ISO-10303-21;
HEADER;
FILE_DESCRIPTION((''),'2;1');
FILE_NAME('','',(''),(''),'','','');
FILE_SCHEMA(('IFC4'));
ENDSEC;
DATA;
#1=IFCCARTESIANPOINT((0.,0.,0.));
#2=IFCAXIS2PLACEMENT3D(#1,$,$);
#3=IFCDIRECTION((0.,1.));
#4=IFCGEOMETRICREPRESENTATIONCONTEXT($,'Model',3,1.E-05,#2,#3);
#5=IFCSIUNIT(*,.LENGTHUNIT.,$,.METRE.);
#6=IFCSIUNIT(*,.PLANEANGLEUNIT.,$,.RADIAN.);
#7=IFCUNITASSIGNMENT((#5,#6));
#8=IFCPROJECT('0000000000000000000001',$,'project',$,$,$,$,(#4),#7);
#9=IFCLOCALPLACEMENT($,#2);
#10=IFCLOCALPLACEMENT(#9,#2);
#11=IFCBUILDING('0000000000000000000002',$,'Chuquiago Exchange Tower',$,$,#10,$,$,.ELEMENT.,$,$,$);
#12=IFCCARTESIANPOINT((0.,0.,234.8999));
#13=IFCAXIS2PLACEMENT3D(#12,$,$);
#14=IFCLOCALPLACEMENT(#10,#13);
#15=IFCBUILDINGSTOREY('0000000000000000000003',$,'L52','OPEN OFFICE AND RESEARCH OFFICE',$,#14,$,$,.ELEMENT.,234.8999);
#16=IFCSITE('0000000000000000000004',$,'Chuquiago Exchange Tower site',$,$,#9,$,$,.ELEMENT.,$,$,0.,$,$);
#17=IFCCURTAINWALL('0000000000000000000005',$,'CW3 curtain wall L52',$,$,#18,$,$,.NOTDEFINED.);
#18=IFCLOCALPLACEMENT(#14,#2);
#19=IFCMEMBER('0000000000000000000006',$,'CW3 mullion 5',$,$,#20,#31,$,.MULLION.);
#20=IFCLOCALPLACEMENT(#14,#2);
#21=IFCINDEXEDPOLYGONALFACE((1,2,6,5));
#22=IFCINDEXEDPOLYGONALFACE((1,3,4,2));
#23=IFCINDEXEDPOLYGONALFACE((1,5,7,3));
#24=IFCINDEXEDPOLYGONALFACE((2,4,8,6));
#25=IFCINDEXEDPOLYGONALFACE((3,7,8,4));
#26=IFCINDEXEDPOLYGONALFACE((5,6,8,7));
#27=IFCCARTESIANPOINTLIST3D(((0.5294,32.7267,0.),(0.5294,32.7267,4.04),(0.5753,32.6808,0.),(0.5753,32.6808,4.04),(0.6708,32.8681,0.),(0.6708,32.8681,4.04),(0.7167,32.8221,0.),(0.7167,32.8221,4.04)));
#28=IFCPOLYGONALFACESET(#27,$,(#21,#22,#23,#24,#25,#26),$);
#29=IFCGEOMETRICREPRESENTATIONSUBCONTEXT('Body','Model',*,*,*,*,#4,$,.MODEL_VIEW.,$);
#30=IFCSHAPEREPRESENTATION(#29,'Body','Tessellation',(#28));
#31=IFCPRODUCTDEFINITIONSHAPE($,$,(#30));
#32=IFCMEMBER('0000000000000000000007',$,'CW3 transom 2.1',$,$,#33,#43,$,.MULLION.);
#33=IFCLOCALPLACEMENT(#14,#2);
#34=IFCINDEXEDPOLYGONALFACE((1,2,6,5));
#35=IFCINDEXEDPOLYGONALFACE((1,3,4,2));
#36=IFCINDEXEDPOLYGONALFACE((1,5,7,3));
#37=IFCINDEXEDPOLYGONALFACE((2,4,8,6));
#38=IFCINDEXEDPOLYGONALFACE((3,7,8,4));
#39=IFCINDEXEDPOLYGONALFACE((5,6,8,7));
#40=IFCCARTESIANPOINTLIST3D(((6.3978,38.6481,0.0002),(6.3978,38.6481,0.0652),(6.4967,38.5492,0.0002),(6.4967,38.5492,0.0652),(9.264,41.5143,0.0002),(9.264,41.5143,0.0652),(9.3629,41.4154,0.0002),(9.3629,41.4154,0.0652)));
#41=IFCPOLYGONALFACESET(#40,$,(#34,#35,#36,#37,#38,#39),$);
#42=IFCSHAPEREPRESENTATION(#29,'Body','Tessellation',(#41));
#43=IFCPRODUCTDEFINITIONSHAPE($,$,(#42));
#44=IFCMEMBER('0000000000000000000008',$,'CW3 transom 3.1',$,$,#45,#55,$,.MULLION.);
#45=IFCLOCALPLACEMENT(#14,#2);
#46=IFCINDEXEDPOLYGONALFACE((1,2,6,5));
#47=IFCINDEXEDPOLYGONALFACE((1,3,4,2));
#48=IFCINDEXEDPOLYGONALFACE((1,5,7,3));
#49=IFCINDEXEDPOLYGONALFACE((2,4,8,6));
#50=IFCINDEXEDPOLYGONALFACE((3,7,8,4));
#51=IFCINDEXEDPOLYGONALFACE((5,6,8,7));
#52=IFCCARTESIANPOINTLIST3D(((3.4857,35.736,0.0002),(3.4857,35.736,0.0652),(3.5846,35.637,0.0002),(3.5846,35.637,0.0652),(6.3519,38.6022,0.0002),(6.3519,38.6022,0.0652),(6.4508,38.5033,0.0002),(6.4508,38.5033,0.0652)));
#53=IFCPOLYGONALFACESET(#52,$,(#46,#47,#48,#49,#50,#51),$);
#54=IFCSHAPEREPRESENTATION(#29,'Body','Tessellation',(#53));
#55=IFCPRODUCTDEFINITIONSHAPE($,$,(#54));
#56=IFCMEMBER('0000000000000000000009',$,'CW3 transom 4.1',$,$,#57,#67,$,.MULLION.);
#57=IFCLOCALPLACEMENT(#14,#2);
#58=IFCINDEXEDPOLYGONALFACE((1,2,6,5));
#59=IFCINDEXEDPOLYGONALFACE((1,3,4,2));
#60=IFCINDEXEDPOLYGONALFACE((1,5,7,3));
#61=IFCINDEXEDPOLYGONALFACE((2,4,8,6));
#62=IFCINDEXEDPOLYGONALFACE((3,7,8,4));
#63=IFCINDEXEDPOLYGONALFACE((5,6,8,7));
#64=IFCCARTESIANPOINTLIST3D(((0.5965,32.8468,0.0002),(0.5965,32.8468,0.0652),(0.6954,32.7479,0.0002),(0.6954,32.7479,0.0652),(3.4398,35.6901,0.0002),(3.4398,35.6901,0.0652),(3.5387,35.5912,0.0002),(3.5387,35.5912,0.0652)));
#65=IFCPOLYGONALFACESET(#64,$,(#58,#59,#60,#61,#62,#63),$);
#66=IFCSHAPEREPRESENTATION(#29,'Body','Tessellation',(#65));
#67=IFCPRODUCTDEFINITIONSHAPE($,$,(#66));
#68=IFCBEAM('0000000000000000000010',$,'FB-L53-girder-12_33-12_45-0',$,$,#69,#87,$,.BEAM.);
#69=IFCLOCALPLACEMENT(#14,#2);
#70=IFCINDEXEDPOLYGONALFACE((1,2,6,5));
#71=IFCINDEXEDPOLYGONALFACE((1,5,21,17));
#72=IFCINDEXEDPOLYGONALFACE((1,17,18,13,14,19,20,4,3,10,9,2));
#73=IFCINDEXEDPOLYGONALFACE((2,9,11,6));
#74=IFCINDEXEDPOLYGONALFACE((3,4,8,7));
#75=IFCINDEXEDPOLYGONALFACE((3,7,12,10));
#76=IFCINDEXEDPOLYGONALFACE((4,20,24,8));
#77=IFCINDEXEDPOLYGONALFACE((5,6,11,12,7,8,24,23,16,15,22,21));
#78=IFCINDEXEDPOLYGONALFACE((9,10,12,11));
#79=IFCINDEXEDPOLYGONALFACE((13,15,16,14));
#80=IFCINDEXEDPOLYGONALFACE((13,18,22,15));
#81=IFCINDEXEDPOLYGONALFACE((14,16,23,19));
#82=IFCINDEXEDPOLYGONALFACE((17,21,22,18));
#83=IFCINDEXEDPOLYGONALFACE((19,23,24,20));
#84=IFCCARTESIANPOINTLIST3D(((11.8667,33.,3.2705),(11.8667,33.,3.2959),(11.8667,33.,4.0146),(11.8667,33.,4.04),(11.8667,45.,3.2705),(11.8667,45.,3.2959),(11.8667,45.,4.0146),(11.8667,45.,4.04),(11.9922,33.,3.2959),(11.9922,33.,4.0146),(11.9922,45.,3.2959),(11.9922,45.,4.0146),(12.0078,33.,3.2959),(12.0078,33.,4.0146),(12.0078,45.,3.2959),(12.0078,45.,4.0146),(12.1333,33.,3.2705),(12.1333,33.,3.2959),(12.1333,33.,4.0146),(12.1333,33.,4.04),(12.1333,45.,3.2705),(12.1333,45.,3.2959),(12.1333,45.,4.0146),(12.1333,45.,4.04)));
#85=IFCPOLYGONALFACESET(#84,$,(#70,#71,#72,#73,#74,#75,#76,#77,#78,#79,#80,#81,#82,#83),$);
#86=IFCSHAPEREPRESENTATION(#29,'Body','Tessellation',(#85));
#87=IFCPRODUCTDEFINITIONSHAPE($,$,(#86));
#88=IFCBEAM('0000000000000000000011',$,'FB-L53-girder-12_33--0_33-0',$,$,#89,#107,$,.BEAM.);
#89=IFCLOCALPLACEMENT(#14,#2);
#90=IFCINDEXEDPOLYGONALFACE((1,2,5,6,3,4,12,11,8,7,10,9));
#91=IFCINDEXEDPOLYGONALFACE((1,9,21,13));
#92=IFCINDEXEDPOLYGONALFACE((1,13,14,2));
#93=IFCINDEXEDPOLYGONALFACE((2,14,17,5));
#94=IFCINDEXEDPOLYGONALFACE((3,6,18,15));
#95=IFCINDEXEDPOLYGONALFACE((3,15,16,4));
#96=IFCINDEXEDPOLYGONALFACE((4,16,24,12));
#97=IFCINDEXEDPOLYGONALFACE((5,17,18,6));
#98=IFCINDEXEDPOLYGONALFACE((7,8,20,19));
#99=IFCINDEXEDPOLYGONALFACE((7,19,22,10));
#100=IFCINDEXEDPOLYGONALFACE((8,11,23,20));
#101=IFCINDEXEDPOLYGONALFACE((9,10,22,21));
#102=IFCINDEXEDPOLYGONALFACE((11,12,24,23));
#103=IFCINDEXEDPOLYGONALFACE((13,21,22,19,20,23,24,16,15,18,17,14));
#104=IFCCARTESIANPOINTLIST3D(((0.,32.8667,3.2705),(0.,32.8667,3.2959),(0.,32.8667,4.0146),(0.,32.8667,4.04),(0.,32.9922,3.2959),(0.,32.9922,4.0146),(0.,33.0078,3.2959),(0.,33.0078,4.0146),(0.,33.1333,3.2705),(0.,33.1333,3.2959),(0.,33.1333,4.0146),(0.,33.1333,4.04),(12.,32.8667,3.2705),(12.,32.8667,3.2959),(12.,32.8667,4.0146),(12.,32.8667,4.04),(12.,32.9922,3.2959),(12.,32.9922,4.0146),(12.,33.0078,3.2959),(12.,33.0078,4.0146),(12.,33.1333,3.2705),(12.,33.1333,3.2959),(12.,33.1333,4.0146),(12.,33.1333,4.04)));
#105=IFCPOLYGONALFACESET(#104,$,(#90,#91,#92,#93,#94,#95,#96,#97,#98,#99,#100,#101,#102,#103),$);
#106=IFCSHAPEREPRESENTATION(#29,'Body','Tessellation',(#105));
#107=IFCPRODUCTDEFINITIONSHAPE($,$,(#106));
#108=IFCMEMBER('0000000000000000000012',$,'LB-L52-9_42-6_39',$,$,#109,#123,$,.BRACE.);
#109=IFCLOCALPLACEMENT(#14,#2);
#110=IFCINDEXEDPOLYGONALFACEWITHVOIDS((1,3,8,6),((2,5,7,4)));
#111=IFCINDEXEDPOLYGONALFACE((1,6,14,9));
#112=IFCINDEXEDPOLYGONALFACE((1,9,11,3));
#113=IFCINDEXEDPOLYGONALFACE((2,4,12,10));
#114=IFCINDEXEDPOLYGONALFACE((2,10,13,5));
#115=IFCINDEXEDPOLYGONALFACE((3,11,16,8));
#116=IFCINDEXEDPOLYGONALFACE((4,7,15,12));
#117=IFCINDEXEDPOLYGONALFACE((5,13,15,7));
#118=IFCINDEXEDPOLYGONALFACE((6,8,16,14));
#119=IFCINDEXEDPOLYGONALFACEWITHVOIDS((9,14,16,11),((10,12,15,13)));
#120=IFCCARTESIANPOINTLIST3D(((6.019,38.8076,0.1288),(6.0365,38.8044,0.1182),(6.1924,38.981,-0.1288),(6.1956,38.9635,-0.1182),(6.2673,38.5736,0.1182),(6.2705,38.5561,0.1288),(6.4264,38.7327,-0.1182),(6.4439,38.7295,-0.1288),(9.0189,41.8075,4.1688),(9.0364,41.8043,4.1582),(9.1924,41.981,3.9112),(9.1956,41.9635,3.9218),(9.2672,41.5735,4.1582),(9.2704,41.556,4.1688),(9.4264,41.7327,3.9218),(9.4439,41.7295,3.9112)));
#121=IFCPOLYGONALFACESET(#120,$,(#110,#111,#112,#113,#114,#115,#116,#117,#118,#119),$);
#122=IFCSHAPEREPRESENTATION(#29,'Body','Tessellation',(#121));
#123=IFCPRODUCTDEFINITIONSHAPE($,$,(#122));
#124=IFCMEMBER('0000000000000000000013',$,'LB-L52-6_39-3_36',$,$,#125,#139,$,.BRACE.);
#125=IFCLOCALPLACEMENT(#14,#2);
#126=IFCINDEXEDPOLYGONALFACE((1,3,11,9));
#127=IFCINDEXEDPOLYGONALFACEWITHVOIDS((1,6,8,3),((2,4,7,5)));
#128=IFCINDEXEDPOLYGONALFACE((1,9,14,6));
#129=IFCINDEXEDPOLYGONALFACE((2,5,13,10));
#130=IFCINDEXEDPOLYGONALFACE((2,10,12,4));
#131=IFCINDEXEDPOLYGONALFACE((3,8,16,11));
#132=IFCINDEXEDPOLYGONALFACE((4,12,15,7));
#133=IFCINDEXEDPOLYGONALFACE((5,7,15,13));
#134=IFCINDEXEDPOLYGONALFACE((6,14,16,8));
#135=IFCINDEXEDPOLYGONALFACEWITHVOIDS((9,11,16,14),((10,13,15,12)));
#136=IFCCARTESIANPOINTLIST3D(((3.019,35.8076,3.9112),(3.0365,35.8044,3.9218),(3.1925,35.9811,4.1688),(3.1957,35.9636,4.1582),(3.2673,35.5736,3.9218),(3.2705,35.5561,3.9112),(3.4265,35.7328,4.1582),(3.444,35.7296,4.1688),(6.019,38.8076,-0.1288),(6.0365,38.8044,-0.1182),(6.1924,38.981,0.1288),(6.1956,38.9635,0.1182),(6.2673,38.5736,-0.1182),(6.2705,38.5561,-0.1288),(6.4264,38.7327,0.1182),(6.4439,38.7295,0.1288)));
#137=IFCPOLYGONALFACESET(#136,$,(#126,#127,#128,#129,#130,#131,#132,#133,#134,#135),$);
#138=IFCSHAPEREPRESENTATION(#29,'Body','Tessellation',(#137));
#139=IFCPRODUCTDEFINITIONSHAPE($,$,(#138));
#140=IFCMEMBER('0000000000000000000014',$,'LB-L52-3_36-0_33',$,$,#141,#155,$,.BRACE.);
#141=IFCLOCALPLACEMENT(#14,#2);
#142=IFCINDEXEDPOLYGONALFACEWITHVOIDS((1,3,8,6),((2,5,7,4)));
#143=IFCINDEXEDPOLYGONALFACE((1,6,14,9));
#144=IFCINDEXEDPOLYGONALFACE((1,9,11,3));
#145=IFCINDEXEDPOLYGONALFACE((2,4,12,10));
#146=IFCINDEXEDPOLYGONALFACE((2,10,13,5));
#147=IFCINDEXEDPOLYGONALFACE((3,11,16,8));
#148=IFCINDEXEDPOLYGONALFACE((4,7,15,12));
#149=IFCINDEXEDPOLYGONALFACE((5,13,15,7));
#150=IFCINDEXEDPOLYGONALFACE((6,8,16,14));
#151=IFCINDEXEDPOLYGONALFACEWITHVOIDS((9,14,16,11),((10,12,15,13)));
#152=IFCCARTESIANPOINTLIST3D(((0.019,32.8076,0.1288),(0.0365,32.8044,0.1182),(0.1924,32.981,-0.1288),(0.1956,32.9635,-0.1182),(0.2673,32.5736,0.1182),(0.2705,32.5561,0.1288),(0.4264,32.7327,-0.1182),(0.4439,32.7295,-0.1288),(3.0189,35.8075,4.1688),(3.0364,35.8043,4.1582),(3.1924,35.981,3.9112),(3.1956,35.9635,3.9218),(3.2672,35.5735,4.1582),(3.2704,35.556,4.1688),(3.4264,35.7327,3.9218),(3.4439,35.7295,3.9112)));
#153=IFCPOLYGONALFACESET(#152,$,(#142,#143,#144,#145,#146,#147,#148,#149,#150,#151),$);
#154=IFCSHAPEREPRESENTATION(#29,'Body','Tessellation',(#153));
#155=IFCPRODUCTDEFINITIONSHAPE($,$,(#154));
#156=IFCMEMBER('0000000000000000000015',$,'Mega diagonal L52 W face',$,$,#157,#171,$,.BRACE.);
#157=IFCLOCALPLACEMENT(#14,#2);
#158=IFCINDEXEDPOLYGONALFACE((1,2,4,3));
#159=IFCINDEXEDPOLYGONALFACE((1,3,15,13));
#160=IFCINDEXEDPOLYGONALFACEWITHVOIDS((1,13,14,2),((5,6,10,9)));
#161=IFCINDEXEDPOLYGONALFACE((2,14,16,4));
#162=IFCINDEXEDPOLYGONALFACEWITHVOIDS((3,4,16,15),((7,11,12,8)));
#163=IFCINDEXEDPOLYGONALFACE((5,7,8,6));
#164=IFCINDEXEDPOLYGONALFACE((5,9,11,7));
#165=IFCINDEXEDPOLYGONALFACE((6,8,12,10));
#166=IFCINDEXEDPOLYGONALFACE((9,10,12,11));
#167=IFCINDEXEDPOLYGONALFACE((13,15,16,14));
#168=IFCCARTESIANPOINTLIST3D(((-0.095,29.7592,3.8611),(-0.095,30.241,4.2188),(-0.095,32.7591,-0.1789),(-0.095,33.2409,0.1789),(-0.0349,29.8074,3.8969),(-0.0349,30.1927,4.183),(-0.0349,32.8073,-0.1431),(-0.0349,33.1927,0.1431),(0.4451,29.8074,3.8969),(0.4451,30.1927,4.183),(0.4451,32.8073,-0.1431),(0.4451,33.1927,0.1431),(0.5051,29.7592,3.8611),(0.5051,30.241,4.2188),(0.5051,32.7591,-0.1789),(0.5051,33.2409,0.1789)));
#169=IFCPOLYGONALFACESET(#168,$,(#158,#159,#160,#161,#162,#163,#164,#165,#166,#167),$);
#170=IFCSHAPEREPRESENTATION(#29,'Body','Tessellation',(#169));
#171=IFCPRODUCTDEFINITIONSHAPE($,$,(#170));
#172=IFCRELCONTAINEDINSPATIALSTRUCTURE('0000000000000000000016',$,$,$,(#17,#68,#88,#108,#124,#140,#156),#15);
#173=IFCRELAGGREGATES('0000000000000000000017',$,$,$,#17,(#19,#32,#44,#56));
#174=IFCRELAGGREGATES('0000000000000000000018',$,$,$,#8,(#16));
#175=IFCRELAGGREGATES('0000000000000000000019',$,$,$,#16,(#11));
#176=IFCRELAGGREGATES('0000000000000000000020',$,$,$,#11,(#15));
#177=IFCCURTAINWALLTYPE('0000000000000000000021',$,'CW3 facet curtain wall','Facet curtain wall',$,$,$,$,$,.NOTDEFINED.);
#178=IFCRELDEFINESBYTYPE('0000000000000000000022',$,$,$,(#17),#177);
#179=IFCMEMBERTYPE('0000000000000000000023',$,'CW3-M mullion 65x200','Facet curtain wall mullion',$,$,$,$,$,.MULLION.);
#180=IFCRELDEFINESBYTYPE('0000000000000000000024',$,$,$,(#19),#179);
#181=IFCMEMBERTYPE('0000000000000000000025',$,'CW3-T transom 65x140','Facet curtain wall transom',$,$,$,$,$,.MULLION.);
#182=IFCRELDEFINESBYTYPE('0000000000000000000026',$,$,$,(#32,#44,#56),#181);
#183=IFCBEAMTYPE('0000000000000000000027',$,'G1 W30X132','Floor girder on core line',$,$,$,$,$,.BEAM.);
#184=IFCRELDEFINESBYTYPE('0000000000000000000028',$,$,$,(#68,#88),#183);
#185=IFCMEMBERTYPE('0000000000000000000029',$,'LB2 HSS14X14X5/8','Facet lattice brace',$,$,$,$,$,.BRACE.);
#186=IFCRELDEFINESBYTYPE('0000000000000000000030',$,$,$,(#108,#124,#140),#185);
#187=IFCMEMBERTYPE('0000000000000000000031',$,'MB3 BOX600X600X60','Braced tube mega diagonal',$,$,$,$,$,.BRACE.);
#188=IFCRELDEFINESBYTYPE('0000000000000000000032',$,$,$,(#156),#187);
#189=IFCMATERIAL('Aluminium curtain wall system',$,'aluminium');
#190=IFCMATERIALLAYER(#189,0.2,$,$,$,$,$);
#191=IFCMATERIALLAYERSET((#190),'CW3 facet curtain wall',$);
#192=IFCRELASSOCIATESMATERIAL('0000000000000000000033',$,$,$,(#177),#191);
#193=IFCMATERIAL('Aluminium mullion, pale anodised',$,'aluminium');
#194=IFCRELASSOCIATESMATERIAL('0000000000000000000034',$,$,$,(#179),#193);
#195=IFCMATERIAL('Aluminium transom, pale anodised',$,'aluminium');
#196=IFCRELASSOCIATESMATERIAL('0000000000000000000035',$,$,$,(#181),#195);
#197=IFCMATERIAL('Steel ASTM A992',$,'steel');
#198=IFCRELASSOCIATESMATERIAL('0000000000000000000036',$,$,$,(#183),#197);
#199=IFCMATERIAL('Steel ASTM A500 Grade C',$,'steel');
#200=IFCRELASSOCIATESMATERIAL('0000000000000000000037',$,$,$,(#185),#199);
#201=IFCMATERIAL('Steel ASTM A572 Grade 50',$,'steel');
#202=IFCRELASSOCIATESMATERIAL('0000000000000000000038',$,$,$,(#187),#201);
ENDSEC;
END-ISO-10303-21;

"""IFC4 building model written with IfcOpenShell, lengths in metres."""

from ifc_helpers import new_model, si_unit, direction, frame, origin, origin_2d, place, context, subcontext, project, spatial, rectangle, hollow_rectangle, i_section, extrude, material, layer, layer_set, material_profile, profile_set, type_object, element, aggregate, save


model = new_model("IFC4")

# Units and contexts
model_context = context("Model", 3, precision=1e-05, world=origin(), true_north=direction((0.0, 1.0)))
body_context = subcontext(model_context, "Body", "Model", "MODEL_VIEW")
ifc_project = project(units=[si_unit("LENGTHUNIT", "METRE"), si_unit("PLANEANGLEUNIT", "RADIAN")], contexts=[model_context])

# Site, building, storey
site_placement = place(None, origin())
site = spatial("IfcSite", under=ifc_project, at=site_placement, Name="Chuquiago Exchange Tower site", CompositionType="ELEMENT", RefElevation=0.0)
building_placement = place(site_placement, origin())
building = spatial("IfcBuilding", under=site, at=building_placement, Name="Chuquiago Exchange Tower", CompositionType="ELEMENT")
storey_placement = place(building_placement, frame((0.0, 0.0, 234.8999)))
storey = spatial("IfcBuildingStorey", under=building, at=storey_placement, Name="L52", Description="OPEN OFFICE AND RESEARCH OFFICE", CompositionType="ELEMENT", Elevation=234.8999)

# Curtain wall, members
ifc_material_1 = material(Name="Aluminium curtain wall system", Category="aluminium")
ifc_layer_1 = layer(ifc_material_1, 0.2)
ifc_layer_set_1 = layer_set([ifc_layer_1], Name="CW3 facet curtain wall")
curtain_wall_type = type_object("IfcCurtainWallType", Name="CW3 facet curtain wall", Description="Facet curtain wall", PredefinedType="NOTDEFINED", material=ifc_layer_set_1)
curtain_wall_placement = place(storey_placement, origin())
curtain_wall = element("IfcCurtainWall", 1, at=curtain_wall_placement, inside=storey, type_object=curtain_wall_type, Name="CW3 curtain wall L52", PredefinedType="NOTDEFINED")
ifc_material_2 = material(Name="Aluminium mullion, pale anodised", Category="aluminium")
ifc_material_profile_1 = material_profile(ifc_material_2, rectangle(XDim=0.0649, YDim=0.2, at=origin_2d()), Name="AL 65x200")
ifc_profile_set_1 = profile_set([ifc_material_profile_1], Name="Aluminium mullion, pale anodised")
member_type_1 = type_object("IfcMemberType", Name="CW3-M mullion 65x200", Description="Facet curtain wall mullion", PredefinedType="MULLION", material=ifc_profile_set_1)
member_1_placement = place(storey_placement, frame((0.623, 32.7744, 0.0), z_axis=(0.0, 0.0, 1.0), x_axis=(0.707107, -0.707107, 0.0)))
member_1 = element("IfcMember", 2, at=member_1_placement, type_object=member_type_1, Name="CW3 mullion 5", PredefinedType="MULLION", context=body_context, shape_type="SweptSolid", body=[
    extrude(rectangle(XDim=0.0649, YDim=0.2, at=origin_2d()), origin(), (0.0, 0.0, 1.0), 4.04),
])
ifc_material_3 = material(Name="Aluminium transom, pale anodised", Category="aluminium")
ifc_material_profile_2 = material_profile(ifc_material_3, rectangle(XDim=0.1399, YDim=0.0649, at=origin_2d()), Name="AL 140x65")
ifc_profile_set_2 = profile_set([ifc_material_profile_2], Name="Aluminium transom, pale anodised")
member_type_2 = type_object("IfcMemberType", Name="CW3-T transom 65x140", Description="Facet curtain wall transom", PredefinedType="MULLION", material=ifc_profile_set_2)
member_2_placement = place(storey_placement, frame((9.3135, 41.4648, 0.0327), z_axis=(-0.707107, -0.707107, 0.0), x_axis=(0.707107, -0.707107, 0.0)))
member_2 = element("IfcMember", 3, at=member_2_placement, type_object=member_type_2, Name="CW3 transom 2.1", PredefinedType="MULLION", context=body_context, shape_type="SweptSolid", body=[
    extrude(rectangle(XDim=0.1399, YDim=0.0649, at=origin_2d()), origin(), (0.0, 0.0, 1.0), 4.0535),
])
member_3_placement = place(storey_placement, frame((6.4014, 38.5527, 0.0327), z_axis=(-0.707107, -0.707107, 0.0), x_axis=(0.707107, -0.707107, 0.0)))
member_3 = element("IfcMember", 4, at=member_3_placement, type_object=member_type_2, Name="CW3 transom 3.1", PredefinedType="MULLION", context=body_context, shape_type="SweptSolid", body=[
    extrude(rectangle(XDim=0.1399, YDim=0.0649, at=origin_2d()), origin(), (0.0, 0.0, 1.0), 4.0535),
])
member_4_placement = place(storey_placement, frame((3.4893, 35.6406, 0.0327), z_axis=(-0.707107, -0.707107, 0.0), x_axis=(0.707107, -0.707107, 0.0)))
member_4 = element("IfcMember", 5, at=member_4_placement, type_object=member_type_2, Name="CW3 transom 4.1", PredefinedType="MULLION", context=body_context, shape_type="SweptSolid", body=[
    extrude(rectangle(XDim=0.1399, YDim=0.0649, at=origin_2d()), origin(), (0.0, 0.0, 1.0), 4.021),
])

# Beams
ifc_material_4 = material(Name="Steel ASTM A992", Category="steel")
ifc_material_profile_3 = material_profile(ifc_material_4, i_section(OverallWidth=0.2666, OverallDepth=0.7695, WebThickness=0.0156, FlangeThickness=0.0254, at=origin_2d()), Name="W30X132")
ifc_profile_set_3 = profile_set([ifc_material_profile_3], Name="Steel ASTM A992")
beam_type_1 = type_object("IfcBeamType", Name="G1 W30X132", Description="Floor girder on core line", PredefinedType="BEAM", material=ifc_profile_set_3)
for number, where, z_axis, x_axis, name in (
    (6, (12.0, 33.0, 3.6553), (0.0, 1.0, 0.0), (-1.0, 0.0, 0.0), "FB-L53-girder-12_33-12_45-0"),
    (7, (12.0, 33.0, 3.6553), (-1.0, 0.0, 0.0), (0.0, -1.0, 0.0), "FB-L53-girder-12_33--0_33-0"),
):
    element("IfcBeam", number, at=place(storey_placement, frame(where, z_axis=z_axis, x_axis=x_axis)), inside=storey, type_object=beam_type_1, Name=name, PredefinedType="BEAM", context=body_context, shape_type="SweptSolid", body=[
        extrude(i_section(OverallWidth=0.2666, OverallDepth=0.7695, WebThickness=0.0156, FlangeThickness=0.0254, at=origin_2d()), origin(), (0.0, 0.0, 1.0), 12.0),
    ])

# Members
ifc_material_5 = material(Name="Steel ASTM A500 Grade C", Category="steel")
ifc_material_profile_4 = material_profile(ifc_material_5, hollow_rectangle(XDim=0.3557, YDim=0.3557, WallThickness=0.0146, at=origin_2d()), Name="HSS14X14X5/8")
ifc_profile_set_4 = profile_set([ifc_material_profile_4], Name="Steel ASTM A500 Grade C")
member_type_3 = type_object("IfcMemberType", Name="LB2 HSS14X14X5/8", Description="Facet lattice brace", PredefinedType="BRACE", material=ifc_profile_set_4)
for number, where, z_axis, x_axis, name in (
    (8, (6.2314, 38.7686, 0.0), (0.512077, 0.512077, 0.689604), (-0.707107, 0.707107, 0.0), "LB-L52-9_42-6_39"),
    (9, (6.2314, 38.7686, 0.0), (-0.512077, -0.512077, 0.689604), (0.707107, -0.707107, 0.0), "LB-L52-6_39-3_36"),
    (10, (0.2314, 32.7686, 0.0), (0.512077, 0.512077, 0.689604), (-0.707107, 0.707107, 0.0), "LB-L52-3_36-0_33"),
):
    element("IfcMember", number, at=place(storey_placement, frame(where, z_axis=z_axis, x_axis=x_axis)), inside=storey, type_object=member_type_3, Name=name, PredefinedType="BRACE", context=body_context, shape_type="SweptSolid", body=[
        extrude(hollow_rectangle(XDim=0.3557, YDim=0.3557, WallThickness=0.0146, at=origin_2d()), origin(), (0.0, 0.0, 1.0), 5.8584),
    ])
ifc_material_6 = material(Name="Steel ASTM A572 Grade 50", Category="steel")
ifc_material_profile_5 = material_profile(ifc_material_6, hollow_rectangle(XDim=0.6001, YDim=0.6001, WallThickness=0.0601, at=origin_2d()), Name="BOX600X600X60")
ifc_profile_set_5 = profile_set([ifc_material_profile_5], Name="Steel ASTM A572 Grade 50")
member_type_4 = type_object("IfcMemberType", Name="MB3 BOX600X600X60", Description="Braced tube mega diagonal", PredefinedType="BRACE", material=ifc_profile_set_5)
member_5_placement = place(storey_placement, frame((0.2051, 33.0, 0.0), z_axis=(0.0, -0.596174, 0.802855), x_axis=(1.0, 0.0, 0.0)))
element("IfcMember", 11, at=member_5_placement, inside=storey, type_object=member_type_4, Name="Mega diagonal L52 W face", PredefinedType="BRACE", context=body_context, shape_type="SweptSolid", body=[
    extrude(hollow_rectangle(XDim=0.6001, YDim=0.6001, WallThickness=0.0601, at=origin_2d()), origin(), (0.0, 0.0, 1.0), 5.032),
])

aggregate(curtain_wall, [member_1, member_2, member_3, member_4])

save(model, "model.ifc")
